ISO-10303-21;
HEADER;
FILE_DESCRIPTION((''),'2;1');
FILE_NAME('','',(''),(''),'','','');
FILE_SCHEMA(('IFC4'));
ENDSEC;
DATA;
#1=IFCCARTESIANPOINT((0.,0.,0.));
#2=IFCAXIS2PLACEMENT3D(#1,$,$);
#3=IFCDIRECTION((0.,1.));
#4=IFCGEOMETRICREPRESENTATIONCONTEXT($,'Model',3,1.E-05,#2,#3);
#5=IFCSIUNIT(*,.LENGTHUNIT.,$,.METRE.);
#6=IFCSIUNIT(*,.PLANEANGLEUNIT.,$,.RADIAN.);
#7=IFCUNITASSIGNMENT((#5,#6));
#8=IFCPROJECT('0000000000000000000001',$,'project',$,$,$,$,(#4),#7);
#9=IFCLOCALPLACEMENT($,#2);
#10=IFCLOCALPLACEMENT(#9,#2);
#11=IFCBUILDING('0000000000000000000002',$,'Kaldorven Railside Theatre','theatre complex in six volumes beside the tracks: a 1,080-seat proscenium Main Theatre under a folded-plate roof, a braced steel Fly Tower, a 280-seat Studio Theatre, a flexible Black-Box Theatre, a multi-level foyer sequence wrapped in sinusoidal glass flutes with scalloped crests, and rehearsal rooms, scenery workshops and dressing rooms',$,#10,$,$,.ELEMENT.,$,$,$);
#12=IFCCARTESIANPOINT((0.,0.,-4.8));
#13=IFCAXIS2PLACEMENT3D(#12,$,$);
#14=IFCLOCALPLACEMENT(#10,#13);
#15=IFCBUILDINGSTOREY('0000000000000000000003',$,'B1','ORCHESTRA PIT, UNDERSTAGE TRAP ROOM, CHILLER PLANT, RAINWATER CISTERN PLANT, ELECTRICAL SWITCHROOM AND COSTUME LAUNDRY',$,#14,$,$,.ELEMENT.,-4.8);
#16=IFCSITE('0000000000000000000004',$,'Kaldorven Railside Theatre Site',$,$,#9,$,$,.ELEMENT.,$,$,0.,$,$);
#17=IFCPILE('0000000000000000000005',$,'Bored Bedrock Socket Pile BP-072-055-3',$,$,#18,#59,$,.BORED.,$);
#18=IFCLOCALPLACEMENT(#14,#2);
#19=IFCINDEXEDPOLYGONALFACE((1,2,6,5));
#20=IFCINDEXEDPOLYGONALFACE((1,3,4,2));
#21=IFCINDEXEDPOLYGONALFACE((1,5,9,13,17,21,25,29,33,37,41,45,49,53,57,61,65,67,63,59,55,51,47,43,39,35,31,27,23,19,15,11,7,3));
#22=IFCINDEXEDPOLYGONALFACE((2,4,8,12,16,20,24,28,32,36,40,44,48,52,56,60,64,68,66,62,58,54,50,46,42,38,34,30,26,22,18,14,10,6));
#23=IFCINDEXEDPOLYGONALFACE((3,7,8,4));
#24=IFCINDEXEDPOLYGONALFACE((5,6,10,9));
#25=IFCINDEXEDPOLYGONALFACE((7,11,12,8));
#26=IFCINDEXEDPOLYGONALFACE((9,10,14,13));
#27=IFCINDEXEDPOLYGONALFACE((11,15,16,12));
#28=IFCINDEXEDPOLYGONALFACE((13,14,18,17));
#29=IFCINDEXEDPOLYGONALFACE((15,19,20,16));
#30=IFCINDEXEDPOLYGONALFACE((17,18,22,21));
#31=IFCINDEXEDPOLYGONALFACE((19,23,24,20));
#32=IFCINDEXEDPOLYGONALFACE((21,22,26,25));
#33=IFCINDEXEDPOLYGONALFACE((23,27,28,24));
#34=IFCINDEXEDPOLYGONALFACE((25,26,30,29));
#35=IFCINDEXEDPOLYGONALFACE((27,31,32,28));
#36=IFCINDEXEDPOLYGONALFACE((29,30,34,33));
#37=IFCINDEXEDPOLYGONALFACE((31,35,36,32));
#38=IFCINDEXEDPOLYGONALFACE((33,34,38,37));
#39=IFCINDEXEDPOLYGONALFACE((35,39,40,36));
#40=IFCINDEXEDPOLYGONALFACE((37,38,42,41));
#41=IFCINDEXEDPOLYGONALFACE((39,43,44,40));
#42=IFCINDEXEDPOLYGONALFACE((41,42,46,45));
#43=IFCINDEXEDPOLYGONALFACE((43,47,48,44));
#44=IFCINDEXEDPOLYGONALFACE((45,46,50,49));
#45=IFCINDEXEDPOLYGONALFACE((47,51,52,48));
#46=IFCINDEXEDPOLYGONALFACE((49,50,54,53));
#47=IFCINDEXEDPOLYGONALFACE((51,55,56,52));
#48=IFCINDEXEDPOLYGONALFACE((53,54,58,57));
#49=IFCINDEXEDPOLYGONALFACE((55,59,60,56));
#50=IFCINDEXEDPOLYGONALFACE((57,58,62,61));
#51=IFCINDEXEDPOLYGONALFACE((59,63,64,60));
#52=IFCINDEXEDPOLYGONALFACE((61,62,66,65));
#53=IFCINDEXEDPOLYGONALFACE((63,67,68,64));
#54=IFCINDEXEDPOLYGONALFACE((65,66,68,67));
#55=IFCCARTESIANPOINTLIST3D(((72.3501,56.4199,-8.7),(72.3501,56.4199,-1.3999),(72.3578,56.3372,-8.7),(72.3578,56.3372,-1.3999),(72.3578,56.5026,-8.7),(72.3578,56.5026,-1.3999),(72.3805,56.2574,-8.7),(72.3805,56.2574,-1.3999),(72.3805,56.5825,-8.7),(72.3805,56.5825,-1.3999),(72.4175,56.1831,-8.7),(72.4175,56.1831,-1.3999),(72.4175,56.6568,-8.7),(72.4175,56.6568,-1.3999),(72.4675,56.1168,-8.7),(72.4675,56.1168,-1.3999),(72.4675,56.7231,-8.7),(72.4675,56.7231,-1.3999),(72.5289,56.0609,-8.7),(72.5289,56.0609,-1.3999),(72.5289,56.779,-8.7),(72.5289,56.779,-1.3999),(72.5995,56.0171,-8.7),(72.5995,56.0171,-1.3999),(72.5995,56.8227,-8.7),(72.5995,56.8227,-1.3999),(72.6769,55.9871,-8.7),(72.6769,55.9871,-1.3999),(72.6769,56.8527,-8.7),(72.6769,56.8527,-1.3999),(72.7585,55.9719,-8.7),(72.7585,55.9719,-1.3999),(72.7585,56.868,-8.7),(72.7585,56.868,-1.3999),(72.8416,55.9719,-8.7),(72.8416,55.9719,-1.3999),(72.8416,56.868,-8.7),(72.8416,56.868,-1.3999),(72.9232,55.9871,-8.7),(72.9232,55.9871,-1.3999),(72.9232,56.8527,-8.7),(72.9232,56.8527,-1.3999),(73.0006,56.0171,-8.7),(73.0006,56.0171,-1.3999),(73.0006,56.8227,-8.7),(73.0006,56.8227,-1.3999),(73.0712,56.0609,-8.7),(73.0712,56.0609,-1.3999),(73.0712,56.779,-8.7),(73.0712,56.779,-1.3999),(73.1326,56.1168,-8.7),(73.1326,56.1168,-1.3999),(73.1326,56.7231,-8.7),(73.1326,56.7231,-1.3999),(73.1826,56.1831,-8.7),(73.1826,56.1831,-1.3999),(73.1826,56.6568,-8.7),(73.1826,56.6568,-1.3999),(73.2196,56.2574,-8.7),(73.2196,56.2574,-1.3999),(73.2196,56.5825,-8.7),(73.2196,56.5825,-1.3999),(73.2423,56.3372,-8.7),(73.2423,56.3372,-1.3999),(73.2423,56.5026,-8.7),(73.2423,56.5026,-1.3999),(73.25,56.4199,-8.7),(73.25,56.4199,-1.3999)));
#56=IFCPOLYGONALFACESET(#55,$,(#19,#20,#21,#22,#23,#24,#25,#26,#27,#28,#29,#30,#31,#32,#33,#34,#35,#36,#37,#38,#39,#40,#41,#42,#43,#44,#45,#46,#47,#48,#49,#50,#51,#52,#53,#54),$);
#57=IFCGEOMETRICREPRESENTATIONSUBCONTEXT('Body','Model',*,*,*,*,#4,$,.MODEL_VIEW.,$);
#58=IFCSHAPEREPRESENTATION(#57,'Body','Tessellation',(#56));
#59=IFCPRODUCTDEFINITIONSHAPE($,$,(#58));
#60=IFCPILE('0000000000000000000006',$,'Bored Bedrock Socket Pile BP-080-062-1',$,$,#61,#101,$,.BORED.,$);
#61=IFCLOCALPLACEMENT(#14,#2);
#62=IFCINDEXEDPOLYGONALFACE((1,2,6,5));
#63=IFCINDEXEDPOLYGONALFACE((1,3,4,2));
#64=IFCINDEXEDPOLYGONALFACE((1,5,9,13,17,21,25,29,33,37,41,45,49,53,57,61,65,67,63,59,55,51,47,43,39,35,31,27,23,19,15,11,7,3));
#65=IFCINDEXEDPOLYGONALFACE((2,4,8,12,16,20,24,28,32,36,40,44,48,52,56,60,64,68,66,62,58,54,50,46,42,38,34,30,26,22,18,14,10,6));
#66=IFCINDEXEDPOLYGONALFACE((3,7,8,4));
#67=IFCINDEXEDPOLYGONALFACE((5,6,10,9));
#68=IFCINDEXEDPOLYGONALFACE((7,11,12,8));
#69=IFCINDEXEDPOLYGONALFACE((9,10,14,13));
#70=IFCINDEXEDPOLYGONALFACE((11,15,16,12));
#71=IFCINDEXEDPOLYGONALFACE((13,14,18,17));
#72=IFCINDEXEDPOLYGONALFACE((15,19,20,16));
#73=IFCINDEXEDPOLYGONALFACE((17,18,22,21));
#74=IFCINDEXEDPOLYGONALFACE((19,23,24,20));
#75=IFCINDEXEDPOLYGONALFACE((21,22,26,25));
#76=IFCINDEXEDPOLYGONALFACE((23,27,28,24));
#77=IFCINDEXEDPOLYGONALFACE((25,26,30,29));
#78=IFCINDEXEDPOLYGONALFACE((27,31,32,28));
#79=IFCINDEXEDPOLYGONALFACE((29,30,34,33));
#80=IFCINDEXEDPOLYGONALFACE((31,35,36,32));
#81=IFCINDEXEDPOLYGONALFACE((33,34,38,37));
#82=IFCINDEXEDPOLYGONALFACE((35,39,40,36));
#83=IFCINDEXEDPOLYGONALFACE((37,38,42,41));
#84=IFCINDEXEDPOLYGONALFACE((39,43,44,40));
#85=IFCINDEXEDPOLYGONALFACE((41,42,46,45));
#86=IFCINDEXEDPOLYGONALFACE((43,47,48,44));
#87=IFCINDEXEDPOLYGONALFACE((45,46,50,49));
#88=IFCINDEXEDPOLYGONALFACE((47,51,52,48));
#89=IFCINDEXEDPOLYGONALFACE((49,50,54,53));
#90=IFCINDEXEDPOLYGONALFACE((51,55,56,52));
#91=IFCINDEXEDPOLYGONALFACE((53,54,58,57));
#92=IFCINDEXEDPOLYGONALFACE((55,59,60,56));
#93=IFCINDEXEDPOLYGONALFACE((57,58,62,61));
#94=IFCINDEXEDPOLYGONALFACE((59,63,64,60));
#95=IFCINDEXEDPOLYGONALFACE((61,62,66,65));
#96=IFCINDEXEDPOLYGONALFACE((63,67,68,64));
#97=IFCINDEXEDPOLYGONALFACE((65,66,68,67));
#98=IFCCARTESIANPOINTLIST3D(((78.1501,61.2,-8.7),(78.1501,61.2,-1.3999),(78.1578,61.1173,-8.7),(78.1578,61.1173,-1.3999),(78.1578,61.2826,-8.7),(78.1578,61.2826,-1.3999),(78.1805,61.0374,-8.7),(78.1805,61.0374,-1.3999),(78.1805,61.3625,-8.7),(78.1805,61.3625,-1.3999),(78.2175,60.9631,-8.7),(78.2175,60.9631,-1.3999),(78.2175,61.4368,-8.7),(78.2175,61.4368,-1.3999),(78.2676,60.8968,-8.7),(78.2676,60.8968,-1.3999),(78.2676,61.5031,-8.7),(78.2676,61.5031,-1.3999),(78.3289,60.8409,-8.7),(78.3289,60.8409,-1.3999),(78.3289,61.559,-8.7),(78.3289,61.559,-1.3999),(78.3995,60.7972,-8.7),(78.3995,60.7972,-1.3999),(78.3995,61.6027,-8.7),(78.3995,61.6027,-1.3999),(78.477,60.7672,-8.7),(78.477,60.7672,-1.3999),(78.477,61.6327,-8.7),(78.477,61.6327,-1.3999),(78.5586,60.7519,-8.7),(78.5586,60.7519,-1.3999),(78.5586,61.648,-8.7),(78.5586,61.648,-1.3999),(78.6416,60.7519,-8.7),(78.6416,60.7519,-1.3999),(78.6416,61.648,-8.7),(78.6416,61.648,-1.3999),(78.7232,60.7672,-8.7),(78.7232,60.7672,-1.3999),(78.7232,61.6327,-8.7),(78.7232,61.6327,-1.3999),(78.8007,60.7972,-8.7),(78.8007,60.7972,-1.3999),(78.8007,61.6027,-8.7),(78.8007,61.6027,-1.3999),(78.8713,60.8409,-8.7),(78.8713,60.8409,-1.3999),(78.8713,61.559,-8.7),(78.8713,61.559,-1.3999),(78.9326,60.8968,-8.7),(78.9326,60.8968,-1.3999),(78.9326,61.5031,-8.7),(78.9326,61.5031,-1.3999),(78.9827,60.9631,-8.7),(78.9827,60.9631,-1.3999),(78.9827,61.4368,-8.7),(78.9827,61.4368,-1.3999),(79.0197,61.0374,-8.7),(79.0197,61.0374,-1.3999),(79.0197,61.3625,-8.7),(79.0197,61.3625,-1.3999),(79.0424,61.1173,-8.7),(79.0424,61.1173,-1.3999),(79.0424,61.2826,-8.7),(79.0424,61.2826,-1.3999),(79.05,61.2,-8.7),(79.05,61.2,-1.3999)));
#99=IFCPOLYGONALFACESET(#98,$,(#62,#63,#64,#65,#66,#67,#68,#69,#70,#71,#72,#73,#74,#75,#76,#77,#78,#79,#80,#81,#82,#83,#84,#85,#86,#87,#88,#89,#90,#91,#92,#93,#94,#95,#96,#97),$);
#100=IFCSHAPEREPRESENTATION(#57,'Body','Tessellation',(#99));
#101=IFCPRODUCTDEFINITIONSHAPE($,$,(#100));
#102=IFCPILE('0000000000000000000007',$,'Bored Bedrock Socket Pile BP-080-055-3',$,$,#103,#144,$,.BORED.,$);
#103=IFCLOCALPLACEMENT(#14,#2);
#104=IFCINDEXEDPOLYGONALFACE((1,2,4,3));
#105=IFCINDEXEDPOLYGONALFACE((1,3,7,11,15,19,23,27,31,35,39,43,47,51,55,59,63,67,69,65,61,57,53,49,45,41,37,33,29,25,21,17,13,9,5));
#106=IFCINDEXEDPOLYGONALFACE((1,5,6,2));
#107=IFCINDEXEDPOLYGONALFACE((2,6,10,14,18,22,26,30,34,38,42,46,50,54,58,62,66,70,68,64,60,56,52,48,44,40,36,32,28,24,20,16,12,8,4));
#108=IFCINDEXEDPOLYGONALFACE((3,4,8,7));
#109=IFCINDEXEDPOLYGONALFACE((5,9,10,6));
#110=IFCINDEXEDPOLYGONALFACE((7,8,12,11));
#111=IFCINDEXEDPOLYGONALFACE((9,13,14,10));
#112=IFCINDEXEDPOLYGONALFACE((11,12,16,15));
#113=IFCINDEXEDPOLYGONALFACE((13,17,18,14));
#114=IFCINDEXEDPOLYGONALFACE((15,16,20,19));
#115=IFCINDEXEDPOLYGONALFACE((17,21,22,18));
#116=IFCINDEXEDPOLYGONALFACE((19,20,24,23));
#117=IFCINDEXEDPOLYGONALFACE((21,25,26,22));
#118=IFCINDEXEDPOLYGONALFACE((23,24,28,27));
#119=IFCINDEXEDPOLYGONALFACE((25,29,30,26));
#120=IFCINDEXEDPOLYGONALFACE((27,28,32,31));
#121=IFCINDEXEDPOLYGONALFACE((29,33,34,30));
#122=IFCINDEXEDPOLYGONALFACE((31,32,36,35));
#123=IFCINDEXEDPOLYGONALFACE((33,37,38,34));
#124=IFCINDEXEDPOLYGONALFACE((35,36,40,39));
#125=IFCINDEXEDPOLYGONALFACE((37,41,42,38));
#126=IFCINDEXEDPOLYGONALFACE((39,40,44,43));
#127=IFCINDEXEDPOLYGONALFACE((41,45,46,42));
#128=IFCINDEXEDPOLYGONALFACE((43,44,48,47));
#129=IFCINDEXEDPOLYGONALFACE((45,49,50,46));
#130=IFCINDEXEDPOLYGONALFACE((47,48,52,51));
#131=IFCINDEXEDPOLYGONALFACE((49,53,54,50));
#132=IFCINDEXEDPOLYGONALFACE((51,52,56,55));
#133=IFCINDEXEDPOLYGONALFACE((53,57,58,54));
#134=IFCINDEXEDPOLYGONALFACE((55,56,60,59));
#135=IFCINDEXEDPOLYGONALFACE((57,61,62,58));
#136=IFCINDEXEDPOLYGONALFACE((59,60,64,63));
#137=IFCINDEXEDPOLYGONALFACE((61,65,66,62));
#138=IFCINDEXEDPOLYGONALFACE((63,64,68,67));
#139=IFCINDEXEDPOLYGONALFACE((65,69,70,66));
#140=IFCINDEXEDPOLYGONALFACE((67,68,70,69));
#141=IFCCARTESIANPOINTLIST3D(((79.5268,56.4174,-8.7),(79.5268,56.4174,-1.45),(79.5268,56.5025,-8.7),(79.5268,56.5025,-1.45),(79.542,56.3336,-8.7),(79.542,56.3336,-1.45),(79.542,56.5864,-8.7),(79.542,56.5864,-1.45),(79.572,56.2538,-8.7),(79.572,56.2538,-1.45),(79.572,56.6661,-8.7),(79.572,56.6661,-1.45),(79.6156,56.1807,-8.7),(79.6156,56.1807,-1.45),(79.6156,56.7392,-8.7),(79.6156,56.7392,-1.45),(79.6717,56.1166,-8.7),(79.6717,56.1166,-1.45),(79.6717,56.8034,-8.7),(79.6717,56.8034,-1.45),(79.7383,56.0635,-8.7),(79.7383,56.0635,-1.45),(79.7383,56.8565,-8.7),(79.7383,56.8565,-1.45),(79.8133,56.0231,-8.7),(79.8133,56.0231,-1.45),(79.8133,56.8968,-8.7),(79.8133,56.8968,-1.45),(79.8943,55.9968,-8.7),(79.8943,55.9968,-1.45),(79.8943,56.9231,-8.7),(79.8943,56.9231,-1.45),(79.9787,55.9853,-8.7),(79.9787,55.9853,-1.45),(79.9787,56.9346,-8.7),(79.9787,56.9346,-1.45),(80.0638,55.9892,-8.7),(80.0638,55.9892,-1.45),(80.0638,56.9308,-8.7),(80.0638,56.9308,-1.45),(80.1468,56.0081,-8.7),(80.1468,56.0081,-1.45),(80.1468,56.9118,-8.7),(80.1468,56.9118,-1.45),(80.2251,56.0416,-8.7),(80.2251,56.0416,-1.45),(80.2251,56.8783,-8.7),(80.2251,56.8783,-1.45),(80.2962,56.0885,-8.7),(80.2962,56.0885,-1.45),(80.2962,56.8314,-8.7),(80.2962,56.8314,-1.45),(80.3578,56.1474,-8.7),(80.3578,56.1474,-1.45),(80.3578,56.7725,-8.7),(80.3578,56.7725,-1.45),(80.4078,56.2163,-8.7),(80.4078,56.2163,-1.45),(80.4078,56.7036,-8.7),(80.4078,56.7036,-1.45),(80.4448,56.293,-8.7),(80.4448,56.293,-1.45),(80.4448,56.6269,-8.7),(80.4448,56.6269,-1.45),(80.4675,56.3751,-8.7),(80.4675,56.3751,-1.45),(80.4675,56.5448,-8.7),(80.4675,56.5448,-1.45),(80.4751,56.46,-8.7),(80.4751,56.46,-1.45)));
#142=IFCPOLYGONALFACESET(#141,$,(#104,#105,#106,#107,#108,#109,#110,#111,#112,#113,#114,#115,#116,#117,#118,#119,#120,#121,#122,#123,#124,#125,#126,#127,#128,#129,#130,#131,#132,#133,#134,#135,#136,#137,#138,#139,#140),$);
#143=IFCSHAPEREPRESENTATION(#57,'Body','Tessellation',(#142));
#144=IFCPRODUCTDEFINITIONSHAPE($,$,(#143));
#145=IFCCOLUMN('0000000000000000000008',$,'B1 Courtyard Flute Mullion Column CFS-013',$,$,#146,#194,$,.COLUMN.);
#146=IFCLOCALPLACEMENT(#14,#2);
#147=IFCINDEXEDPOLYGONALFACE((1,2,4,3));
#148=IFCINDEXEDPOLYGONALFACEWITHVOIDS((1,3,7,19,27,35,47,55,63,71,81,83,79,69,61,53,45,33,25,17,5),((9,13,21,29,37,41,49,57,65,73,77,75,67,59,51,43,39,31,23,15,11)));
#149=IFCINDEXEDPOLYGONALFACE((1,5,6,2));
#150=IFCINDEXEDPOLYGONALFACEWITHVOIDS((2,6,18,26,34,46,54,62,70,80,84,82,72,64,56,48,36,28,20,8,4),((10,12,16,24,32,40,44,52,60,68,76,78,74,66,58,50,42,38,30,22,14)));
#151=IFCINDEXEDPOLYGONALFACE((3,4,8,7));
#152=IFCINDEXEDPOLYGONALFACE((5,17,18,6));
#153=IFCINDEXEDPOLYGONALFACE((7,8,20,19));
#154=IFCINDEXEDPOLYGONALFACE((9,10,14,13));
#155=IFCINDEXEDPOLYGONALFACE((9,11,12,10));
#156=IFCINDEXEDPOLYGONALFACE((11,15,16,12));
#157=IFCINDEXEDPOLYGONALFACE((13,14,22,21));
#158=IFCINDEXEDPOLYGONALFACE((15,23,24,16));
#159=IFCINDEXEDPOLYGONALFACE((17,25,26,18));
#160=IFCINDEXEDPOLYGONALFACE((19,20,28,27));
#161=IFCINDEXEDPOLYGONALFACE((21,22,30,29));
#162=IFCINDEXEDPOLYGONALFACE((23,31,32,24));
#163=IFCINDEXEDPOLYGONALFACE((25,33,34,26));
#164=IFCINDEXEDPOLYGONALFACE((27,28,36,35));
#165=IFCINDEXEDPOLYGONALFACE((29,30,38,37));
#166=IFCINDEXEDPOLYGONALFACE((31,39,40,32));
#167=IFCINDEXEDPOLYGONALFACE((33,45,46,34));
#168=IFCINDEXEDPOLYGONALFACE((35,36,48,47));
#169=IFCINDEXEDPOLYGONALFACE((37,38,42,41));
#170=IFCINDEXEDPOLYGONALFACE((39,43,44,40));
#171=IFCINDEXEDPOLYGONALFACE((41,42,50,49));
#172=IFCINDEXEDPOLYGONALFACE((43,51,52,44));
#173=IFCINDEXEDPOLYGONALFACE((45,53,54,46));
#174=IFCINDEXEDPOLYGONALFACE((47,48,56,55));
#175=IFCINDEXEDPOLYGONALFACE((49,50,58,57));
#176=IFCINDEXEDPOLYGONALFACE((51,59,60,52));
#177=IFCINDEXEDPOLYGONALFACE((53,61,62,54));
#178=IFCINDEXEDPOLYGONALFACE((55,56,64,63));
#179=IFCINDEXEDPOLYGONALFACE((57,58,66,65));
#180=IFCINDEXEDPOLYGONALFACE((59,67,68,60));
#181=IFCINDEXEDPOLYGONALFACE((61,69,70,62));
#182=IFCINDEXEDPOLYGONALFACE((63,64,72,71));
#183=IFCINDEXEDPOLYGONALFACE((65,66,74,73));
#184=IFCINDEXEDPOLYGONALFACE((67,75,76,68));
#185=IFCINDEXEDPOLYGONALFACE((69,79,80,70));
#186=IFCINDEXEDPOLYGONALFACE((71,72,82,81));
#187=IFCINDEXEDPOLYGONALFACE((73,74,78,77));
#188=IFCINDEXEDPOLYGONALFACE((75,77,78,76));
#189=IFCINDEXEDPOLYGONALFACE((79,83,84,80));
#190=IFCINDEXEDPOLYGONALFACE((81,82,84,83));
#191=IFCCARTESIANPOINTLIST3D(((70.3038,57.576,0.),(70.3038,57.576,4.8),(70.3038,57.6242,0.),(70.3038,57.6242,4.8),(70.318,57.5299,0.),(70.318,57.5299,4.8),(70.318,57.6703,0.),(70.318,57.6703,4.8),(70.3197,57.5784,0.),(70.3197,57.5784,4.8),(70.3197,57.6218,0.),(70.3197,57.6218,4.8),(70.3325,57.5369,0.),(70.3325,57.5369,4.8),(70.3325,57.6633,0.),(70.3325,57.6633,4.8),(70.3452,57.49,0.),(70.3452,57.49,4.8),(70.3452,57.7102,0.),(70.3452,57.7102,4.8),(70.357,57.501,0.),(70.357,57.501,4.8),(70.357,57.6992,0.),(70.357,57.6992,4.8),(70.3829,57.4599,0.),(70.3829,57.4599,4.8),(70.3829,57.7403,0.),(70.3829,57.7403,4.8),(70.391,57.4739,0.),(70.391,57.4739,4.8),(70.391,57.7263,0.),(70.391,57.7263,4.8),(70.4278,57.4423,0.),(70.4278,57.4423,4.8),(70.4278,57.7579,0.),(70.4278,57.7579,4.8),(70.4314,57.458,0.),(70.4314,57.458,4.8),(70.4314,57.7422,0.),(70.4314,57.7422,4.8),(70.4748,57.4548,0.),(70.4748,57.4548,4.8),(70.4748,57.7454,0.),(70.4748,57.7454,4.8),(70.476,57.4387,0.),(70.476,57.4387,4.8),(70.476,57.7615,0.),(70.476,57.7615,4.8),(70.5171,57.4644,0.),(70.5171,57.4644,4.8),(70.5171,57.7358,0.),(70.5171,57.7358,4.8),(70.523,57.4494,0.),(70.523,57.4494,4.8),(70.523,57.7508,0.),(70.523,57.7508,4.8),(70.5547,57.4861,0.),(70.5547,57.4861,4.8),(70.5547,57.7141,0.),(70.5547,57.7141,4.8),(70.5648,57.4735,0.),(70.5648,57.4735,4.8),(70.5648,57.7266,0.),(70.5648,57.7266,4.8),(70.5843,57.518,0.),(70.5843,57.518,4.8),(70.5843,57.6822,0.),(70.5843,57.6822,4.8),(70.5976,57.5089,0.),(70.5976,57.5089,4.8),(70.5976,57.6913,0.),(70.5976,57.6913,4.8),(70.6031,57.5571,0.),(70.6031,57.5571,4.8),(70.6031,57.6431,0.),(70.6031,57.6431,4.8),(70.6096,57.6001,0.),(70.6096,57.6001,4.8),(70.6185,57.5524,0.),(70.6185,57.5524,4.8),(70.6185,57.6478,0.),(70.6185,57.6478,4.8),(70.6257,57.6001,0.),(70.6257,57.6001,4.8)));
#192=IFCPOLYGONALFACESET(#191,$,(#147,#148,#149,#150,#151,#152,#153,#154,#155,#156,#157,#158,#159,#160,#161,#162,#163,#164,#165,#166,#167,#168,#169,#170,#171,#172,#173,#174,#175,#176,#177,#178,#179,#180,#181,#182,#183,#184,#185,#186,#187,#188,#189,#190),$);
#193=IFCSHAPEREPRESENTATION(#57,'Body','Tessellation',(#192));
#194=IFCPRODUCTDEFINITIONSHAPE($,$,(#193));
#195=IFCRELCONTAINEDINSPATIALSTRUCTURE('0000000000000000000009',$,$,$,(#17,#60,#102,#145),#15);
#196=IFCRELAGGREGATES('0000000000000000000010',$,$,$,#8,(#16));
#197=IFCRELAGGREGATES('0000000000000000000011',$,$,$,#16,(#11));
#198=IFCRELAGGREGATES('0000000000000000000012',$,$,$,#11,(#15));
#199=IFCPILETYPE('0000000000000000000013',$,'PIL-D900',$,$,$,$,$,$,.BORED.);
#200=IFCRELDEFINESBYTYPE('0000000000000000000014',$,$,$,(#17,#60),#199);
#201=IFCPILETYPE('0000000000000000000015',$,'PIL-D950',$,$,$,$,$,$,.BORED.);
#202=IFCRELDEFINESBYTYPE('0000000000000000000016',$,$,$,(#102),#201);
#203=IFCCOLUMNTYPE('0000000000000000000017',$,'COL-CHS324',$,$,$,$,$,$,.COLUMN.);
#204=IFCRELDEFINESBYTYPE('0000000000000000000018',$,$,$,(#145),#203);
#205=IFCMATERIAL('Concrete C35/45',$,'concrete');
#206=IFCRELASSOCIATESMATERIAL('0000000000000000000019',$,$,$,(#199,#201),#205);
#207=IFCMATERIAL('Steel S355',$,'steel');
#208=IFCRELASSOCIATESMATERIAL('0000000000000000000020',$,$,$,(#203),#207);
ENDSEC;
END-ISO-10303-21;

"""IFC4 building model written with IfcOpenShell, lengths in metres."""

from ifc_helpers import new_model, si_unit, direction, frame, origin, origin_2d, place, context, subcontext, project, spatial, circle, hollow_circle, extrude, material, material_profile, profile_set, type_object, element, save


model = new_model("IFC4")

# Units and contexts
model_context = context("Model", 3, precision=1e-05, world=origin(), true_north=direction((0.0, 1.0)))
body_context = subcontext(model_context, "Body", "Model", "MODEL_VIEW")
ifc_project = project(units=[si_unit("LENGTHUNIT", "METRE"), si_unit("PLANEANGLEUNIT", "RADIAN")], contexts=[model_context])

# Site, building, storey
site_placement = place(None, origin())
site = spatial("IfcSite", under=ifc_project, at=site_placement, Name="Kaldorven Railside Theatre Site", CompositionType="ELEMENT", RefElevation=0.0)
building_placement = place(site_placement, origin())
building = spatial("IfcBuilding", under=site, at=building_placement, Name="Kaldorven Railside Theatre", Description="theatre complex in six volumes beside the tracks: a 1,080-seat proscenium Main Theatre under a folded-plate roof, a braced steel Fly Tower, a 280-seat Studio Theatre, a flexible Black-Box Theatre, a multi-level foyer sequence wrapped in sinusoidal glass flutes with scalloped crests, and rehearsal rooms, scenery workshops and dressing rooms", CompositionType="ELEMENT")
storey_placement = place(building_placement, frame((0.0, 0.0, -4.8)))
storey = spatial("IfcBuildingStorey", under=building, at=storey_placement, Name="B1", Description="ORCHESTRA PIT, UNDERSTAGE TRAP ROOM, CHILLER PLANT, RAINWATER CISTERN PLANT, ELECTRICAL SWITCHROOM AND COSTUME LAUNDRY", CompositionType="ELEMENT", Elevation=-4.8)

# Piles
ifc_material_1 = material(Name="Concrete C35/45", Category="concrete")
ifc_material_profile_1 = material_profile(ifc_material_1, circle(Radius=0.45, at=origin_2d()), Name="BP D900")
ifc_profile_set_1 = profile_set([ifc_material_profile_1], Name="Concrete C35/45")
pile_type_1 = type_object("IfcPileType", Name="PIL-D900", PredefinedType="BORED", material=ifc_profile_set_1)
for number, where, z_axis, x_axis, name in (
    (1, (72.8, 56.4199, -1.3999), (0.0, 0.0, -1.0), (1.0, 0.0, 0.0), "Bored Bedrock Socket Pile BP-072-055-3"),
    (2, (78.6001, 61.2, -1.3999), (0.0, 0.0, -1.0), (1.0, 0.0, 0.0), "Bored Bedrock Socket Pile BP-080-062-1"),
):
    element("IfcPile", number, at=place(storey_placement, frame(where, z_axis=z_axis, x_axis=x_axis)), inside=storey, type_object=pile_type_1, Name=name, PredefinedType="BORED", context=body_context, shape_type="SweptSolid", body=[
        extrude(circle(Radius=0.45, at=origin_2d()), origin(), (0.0, 0.0, 1.0), 7.3),
    ])
ifc_material_profile_2 = material_profile(ifc_material_1, circle(Radius=0.4751, at=origin_2d()), Name="BP D950")
ifc_profile_set_2 = profile_set([ifc_material_profile_2], Name="Concrete C35/45")
pile_type_2 = type_object("IfcPileType", Name="PIL-D950", PredefinedType="BORED", material=ifc_profile_set_2)
pile_placement = place(storey_placement, frame((80.0, 56.46, -1.45), z_axis=(0.0, 0.0, -1.0), x_axis=(1.0, 0.0, 0.0)))
element("IfcPile", 3, at=pile_placement, inside=storey, type_object=pile_type_2, Name="Bored Bedrock Socket Pile BP-080-055-3", PredefinedType="BORED", context=body_context, shape_type="SweptSolid", body=[
    extrude(circle(Radius=0.4751, at=origin_2d()), origin(), (0.0, 0.0, 1.0), 7.25),
])

# Column
ifc_material_2 = material(Name="Steel S355", Category="steel")
ifc_material_profile_3 = material_profile(ifc_material_2, hollow_circle(Radius=0.1619, WallThickness=0.0161, at=origin_2d()), Name="CHS 323.9x16")
ifc_profile_set_3 = profile_set([ifc_material_profile_3], Name="Steel S355")
column_type_1 = type_object("IfcColumnType", Name="COL-CHS324", PredefinedType="COLUMN", material=ifc_profile_set_3)
for number, where, z_axis, x_axis, name in (
    (4, (70.4639, 57.6001, 0.0), (0.0, 0.0, 1.0), (1.0, 0.0, 0.0), "B1 Courtyard Flute Mullion Column CFS-013"),
):
    element("IfcColumn", number, at=place(storey_placement, frame(where, z_axis=z_axis, x_axis=x_axis)), inside=storey, type_object=column_type_1, Name=name, PredefinedType="COLUMN", context=body_context, shape_type="SweptSolid", body=[
        extrude(hollow_circle(Radius=0.1619, WallThickness=0.0161, at=origin_2d()), origin(), (0.0, 0.0, 1.0), 4.8),
    ])

save(model, "model.ifc")
